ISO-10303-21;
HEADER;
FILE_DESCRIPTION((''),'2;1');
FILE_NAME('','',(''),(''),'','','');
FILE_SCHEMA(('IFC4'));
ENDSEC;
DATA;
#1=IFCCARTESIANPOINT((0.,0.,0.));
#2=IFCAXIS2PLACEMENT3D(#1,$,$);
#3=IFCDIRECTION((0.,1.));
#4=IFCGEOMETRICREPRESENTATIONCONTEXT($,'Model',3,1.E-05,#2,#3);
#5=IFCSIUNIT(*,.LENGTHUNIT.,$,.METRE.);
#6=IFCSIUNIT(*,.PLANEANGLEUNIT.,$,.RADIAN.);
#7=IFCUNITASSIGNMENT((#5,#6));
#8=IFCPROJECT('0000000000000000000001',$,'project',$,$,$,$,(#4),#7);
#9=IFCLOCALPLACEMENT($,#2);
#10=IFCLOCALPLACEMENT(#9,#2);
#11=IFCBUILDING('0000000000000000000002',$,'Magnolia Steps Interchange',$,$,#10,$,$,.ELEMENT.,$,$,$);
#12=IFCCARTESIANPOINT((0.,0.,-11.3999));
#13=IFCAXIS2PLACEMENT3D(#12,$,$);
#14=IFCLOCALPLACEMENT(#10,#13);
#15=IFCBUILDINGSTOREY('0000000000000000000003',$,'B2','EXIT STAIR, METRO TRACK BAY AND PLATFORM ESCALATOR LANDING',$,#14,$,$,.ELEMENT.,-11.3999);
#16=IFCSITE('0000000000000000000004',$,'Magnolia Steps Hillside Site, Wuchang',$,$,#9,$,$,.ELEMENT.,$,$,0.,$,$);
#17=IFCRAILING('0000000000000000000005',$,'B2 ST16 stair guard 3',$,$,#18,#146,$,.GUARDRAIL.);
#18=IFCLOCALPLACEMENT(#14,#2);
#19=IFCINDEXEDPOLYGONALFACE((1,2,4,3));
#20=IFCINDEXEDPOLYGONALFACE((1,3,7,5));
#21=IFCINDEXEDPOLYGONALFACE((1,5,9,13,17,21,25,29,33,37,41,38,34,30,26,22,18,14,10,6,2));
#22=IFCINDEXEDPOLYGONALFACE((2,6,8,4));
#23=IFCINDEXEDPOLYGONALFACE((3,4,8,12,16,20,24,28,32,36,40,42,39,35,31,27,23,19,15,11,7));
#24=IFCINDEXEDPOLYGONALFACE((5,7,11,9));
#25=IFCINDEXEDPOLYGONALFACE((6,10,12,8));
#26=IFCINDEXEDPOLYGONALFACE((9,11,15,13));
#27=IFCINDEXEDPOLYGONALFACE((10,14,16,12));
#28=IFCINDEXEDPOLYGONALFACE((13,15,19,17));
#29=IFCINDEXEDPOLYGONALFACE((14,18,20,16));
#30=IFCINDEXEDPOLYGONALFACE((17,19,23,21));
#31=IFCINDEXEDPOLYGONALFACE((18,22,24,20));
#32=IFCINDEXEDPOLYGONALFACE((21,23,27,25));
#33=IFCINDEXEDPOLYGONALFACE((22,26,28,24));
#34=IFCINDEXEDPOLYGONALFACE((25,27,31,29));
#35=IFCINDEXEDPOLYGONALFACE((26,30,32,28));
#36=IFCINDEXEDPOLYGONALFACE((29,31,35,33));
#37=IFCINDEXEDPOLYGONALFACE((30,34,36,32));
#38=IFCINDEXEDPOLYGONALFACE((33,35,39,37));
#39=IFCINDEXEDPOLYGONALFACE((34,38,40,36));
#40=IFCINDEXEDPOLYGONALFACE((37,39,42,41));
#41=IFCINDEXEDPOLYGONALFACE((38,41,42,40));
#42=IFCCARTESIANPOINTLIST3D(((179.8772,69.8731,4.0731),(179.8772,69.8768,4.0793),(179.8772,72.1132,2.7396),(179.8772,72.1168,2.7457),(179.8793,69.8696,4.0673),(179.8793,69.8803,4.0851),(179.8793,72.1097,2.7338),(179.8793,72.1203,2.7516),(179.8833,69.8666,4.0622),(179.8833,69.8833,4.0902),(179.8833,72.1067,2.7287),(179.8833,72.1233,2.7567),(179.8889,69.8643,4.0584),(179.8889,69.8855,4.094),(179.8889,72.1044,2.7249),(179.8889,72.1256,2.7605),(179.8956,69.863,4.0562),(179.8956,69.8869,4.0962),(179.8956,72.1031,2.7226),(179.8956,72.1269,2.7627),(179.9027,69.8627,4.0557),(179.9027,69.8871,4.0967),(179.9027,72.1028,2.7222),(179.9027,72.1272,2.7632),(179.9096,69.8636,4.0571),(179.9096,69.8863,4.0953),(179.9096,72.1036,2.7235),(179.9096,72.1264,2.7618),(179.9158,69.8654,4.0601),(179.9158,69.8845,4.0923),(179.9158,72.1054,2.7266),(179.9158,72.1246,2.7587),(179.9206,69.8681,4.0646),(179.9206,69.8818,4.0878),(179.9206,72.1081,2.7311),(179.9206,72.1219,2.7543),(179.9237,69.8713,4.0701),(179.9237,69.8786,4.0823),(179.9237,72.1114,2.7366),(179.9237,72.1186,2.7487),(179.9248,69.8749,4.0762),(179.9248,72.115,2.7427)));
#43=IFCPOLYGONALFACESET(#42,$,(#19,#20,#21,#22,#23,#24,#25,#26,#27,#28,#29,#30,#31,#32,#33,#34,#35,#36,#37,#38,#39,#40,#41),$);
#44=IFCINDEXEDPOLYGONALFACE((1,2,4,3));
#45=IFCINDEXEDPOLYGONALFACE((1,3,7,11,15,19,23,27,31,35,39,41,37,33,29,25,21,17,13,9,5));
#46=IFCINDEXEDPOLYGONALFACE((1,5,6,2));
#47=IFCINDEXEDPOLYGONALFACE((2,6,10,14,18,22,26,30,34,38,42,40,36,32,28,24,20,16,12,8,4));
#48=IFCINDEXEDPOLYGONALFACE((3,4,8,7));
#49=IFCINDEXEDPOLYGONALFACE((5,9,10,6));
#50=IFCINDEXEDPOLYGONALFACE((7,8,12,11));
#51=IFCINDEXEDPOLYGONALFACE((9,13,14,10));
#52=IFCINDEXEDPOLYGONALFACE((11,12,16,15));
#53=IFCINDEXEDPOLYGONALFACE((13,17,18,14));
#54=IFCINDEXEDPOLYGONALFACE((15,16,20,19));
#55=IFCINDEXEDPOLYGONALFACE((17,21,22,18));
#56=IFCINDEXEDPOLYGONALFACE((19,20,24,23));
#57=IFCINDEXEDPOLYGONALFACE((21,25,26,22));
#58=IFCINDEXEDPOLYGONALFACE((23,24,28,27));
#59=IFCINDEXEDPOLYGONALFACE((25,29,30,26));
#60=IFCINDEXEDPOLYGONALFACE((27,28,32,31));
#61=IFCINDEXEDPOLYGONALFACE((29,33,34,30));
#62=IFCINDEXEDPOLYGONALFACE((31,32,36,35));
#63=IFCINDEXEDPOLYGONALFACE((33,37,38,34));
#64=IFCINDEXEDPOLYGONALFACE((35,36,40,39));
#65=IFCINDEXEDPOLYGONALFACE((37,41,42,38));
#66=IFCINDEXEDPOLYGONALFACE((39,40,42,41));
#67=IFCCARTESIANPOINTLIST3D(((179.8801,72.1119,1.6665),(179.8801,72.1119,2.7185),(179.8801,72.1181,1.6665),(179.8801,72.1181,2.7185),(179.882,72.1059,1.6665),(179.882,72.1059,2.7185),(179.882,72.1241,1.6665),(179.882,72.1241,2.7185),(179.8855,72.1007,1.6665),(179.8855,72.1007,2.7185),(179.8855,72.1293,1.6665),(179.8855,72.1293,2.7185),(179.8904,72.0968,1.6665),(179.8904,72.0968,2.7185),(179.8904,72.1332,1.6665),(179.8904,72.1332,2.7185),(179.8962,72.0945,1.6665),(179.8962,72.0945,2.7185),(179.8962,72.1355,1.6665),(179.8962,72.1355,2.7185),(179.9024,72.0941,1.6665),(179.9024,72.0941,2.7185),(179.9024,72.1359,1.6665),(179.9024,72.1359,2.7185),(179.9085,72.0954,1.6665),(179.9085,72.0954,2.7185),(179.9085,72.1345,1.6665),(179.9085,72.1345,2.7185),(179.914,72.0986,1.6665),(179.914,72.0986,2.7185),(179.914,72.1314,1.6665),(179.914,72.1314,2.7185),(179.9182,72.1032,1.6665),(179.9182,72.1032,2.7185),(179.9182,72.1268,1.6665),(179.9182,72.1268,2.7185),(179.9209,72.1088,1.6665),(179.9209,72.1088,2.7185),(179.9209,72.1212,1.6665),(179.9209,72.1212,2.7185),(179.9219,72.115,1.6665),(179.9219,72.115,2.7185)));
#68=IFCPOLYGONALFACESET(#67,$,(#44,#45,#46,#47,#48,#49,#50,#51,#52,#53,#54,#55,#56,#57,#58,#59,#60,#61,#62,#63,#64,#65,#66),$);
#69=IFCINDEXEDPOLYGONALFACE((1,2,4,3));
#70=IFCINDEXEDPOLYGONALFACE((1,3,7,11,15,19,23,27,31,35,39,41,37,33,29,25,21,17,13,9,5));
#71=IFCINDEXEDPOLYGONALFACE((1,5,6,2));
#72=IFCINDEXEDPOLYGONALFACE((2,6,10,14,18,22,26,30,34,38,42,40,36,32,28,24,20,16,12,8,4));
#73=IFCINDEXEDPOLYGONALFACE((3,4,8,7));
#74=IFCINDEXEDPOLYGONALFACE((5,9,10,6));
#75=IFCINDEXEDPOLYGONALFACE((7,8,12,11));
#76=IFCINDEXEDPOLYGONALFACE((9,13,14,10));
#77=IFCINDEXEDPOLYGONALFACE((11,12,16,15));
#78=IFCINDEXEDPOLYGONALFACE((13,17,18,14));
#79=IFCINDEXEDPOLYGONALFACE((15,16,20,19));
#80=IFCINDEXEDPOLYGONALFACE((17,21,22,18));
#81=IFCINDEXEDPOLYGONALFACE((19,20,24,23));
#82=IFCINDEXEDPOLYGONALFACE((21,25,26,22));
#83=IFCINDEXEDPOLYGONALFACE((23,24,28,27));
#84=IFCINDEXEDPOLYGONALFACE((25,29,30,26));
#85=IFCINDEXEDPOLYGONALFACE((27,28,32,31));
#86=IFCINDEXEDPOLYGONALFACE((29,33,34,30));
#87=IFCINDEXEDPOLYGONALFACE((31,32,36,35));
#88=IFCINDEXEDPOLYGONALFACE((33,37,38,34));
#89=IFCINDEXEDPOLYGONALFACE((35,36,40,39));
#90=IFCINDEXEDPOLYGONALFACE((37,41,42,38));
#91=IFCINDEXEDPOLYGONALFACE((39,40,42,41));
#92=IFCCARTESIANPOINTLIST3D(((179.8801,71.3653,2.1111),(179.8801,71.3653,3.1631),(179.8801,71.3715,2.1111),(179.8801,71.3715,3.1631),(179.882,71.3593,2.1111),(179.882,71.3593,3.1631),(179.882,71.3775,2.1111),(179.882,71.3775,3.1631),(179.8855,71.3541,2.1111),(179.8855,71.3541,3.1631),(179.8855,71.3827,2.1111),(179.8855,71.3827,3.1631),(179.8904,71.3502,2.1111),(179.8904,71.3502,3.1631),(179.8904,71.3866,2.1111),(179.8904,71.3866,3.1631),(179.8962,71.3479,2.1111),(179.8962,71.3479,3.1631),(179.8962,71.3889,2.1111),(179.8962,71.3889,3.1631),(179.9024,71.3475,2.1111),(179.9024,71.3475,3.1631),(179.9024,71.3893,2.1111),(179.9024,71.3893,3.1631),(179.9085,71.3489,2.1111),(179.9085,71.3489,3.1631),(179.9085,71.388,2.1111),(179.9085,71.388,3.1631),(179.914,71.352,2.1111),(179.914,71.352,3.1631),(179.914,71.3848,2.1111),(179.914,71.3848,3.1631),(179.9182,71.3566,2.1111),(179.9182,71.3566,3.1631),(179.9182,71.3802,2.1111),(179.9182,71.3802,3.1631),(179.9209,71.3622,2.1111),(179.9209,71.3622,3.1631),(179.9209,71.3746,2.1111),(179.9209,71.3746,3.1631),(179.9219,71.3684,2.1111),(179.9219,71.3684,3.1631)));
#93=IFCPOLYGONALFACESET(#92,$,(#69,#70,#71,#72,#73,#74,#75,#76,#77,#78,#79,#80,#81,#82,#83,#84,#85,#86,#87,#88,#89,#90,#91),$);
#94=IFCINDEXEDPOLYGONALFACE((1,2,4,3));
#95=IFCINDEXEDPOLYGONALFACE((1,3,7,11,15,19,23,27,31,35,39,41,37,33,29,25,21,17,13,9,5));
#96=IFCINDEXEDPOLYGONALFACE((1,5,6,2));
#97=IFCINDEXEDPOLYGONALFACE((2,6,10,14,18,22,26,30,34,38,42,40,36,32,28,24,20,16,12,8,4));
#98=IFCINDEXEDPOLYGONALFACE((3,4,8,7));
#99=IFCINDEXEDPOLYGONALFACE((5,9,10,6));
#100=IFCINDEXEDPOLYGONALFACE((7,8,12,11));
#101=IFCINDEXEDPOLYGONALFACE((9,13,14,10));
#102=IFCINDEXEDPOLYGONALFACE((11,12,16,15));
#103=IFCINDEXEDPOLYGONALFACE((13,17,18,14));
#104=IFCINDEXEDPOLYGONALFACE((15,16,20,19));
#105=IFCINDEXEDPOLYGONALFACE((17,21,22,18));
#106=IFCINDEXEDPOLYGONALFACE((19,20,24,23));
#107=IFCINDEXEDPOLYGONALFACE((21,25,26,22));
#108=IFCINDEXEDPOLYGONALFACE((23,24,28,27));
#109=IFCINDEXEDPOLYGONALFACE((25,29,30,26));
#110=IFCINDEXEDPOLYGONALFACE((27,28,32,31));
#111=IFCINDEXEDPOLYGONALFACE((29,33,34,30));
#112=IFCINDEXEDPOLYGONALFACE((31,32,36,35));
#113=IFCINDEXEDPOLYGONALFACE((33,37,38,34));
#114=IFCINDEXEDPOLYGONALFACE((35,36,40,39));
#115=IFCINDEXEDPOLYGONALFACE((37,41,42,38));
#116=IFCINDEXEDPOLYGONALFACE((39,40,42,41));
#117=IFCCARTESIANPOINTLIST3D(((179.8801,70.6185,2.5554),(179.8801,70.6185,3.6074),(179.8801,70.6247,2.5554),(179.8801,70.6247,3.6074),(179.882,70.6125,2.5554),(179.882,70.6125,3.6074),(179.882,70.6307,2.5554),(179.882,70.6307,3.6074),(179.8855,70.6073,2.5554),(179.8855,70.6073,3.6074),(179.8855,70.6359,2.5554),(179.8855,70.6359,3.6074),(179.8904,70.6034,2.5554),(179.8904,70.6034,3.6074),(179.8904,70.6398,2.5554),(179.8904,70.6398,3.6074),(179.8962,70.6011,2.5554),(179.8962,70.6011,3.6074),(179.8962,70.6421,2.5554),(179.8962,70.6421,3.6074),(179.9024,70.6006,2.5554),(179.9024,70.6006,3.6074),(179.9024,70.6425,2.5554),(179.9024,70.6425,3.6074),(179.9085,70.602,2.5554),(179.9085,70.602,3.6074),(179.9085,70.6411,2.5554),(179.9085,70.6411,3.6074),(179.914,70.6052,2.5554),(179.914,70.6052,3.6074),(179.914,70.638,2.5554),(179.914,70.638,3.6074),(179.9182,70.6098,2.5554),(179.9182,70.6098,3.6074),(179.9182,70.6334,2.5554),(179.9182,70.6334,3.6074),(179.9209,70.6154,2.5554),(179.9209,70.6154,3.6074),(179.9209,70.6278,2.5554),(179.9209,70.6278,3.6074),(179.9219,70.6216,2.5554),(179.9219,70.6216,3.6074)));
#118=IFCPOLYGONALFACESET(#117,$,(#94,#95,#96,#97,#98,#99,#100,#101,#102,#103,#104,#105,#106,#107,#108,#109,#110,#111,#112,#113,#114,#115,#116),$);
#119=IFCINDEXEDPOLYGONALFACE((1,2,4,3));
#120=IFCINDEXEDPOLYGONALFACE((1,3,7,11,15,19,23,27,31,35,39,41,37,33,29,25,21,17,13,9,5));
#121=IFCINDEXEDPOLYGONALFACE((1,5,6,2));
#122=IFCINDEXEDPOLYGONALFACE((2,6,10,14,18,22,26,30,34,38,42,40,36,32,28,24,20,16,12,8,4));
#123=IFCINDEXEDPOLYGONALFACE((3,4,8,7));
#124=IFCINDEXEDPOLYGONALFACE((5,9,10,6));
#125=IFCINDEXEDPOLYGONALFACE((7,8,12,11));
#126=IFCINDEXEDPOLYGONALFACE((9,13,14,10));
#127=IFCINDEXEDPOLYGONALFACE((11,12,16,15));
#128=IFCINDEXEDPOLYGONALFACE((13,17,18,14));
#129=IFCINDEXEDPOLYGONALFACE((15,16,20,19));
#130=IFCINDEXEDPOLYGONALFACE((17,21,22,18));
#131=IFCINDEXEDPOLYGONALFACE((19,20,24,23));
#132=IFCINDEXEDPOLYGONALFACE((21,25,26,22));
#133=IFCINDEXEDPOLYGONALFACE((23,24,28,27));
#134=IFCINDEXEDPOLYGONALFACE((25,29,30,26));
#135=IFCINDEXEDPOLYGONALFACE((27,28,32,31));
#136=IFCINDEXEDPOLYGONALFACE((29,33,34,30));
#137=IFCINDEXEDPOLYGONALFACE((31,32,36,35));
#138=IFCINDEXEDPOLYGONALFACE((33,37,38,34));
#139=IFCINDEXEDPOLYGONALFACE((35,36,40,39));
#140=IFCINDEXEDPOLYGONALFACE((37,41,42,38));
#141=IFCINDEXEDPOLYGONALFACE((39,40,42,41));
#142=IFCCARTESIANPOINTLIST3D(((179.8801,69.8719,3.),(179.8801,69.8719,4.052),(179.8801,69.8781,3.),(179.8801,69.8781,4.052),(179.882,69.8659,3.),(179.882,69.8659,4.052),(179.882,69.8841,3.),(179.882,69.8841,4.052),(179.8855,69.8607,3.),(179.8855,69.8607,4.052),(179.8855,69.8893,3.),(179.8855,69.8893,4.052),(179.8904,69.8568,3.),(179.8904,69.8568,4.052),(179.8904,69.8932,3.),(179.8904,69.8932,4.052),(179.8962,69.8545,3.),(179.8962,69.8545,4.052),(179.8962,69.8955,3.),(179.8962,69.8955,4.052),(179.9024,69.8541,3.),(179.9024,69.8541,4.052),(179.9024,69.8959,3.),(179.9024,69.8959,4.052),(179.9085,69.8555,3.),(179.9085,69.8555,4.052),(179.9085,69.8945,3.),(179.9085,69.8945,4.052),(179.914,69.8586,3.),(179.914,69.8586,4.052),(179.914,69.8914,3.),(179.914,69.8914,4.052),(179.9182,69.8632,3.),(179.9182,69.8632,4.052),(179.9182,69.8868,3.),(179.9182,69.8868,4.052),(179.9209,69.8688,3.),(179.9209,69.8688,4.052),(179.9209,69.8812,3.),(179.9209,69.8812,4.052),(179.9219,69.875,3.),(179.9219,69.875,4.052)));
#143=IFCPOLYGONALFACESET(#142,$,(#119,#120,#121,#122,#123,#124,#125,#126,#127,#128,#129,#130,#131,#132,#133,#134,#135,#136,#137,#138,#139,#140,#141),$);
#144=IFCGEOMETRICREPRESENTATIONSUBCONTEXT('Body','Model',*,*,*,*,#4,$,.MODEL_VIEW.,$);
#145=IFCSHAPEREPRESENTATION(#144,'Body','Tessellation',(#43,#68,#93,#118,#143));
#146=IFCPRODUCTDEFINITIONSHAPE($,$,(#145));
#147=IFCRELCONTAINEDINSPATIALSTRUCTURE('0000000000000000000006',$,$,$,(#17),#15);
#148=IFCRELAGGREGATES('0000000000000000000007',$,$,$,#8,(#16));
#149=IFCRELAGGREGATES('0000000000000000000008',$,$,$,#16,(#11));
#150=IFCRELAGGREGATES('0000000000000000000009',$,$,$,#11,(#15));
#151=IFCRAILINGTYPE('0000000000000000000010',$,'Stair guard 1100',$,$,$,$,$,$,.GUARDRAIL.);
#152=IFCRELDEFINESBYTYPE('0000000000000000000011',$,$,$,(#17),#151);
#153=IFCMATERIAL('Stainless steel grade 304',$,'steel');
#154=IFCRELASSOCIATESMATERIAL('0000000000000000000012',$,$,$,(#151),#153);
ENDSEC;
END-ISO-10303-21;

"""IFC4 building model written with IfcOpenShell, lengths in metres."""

from ifc_helpers import new_model, si_unit, direction, frame, origin, origin_2d, place, context, subcontext, project, spatial, circle, extrude, material, type_object, element, save


model = new_model("IFC4")

# Units and contexts
model_context = context("Model", 3, precision=1e-05, world=origin(), true_north=direction((0.0, 1.0)))
body_context = subcontext(model_context, "Body", "Model", "MODEL_VIEW")
ifc_project = project(units=[si_unit("LENGTHUNIT", "METRE"), si_unit("PLANEANGLEUNIT", "RADIAN")], contexts=[model_context])

# Site, building, storey
site_placement = place(None, origin())
site = spatial("IfcSite", under=ifc_project, at=site_placement, Name="Magnolia Steps Hillside Site, Wuchang", CompositionType="ELEMENT", RefElevation=0.0)
building_placement = place(site_placement, origin())
building = spatial("IfcBuilding", under=site, at=building_placement, Name="Magnolia Steps Interchange", CompositionType="ELEMENT")
storey_placement = place(building_placement, frame((0.0, 0.0, -11.3999)))
storey = spatial("IfcBuildingStorey", under=building, at=storey_placement, Name="B2", Description="EXIT STAIR, METRO TRACK BAY AND PLATFORM ESCALATOR LANDING", CompositionType="ELEMENT", Elevation=-11.3999)

# Railing
ifc_material_1 = material(Name="Stainless steel grade 304", Category="steel")
railing_type_1 = type_object("IfcRailingType", Name="Stair guard 1100", PredefinedType="GUARDRAIL", material=ifc_material_1)
railing_1_placement = place(storey_placement, frame((179.9009, 72.115, 1.6665)))
element("IfcRailing", 1, at=railing_1_placement, inside=storey, type_object=railing_type_1, Name="B2 ST16 stair guard 3", PredefinedType="GUARDRAIL", context=body_context, shape_type="SweptSolid", body=[
    extrude(circle(Radius=0.0239, at=origin_2d()), frame((0.0, 0.0, 1.0762), z_axis=(0.0, -0.859264, 0.511532), x_axis=(1.0, 0.0, 0.0)), (0.0, 0.0, 1.0), 2.6069),
    extrude(circle(Radius=0.021, at=origin_2d()), origin(), (0.0, 0.0, 1.0), 1.052),
    extrude(circle(Radius=0.021, at=origin_2d()), frame((0.0, -0.7466, 0.4446)), (0.0, 0.0, 1.0), 1.052),
    extrude(circle(Radius=0.021, at=origin_2d()), frame((0.0, -1.4934, 0.8889)), (0.0, 0.0, 1.0), 1.052),
    extrude(circle(Radius=0.021, at=origin_2d()), frame((0.0, -2.24, 1.3335)), (0.0, 0.0, 1.0), 1.052),
])

save(model, "model.ifc")
